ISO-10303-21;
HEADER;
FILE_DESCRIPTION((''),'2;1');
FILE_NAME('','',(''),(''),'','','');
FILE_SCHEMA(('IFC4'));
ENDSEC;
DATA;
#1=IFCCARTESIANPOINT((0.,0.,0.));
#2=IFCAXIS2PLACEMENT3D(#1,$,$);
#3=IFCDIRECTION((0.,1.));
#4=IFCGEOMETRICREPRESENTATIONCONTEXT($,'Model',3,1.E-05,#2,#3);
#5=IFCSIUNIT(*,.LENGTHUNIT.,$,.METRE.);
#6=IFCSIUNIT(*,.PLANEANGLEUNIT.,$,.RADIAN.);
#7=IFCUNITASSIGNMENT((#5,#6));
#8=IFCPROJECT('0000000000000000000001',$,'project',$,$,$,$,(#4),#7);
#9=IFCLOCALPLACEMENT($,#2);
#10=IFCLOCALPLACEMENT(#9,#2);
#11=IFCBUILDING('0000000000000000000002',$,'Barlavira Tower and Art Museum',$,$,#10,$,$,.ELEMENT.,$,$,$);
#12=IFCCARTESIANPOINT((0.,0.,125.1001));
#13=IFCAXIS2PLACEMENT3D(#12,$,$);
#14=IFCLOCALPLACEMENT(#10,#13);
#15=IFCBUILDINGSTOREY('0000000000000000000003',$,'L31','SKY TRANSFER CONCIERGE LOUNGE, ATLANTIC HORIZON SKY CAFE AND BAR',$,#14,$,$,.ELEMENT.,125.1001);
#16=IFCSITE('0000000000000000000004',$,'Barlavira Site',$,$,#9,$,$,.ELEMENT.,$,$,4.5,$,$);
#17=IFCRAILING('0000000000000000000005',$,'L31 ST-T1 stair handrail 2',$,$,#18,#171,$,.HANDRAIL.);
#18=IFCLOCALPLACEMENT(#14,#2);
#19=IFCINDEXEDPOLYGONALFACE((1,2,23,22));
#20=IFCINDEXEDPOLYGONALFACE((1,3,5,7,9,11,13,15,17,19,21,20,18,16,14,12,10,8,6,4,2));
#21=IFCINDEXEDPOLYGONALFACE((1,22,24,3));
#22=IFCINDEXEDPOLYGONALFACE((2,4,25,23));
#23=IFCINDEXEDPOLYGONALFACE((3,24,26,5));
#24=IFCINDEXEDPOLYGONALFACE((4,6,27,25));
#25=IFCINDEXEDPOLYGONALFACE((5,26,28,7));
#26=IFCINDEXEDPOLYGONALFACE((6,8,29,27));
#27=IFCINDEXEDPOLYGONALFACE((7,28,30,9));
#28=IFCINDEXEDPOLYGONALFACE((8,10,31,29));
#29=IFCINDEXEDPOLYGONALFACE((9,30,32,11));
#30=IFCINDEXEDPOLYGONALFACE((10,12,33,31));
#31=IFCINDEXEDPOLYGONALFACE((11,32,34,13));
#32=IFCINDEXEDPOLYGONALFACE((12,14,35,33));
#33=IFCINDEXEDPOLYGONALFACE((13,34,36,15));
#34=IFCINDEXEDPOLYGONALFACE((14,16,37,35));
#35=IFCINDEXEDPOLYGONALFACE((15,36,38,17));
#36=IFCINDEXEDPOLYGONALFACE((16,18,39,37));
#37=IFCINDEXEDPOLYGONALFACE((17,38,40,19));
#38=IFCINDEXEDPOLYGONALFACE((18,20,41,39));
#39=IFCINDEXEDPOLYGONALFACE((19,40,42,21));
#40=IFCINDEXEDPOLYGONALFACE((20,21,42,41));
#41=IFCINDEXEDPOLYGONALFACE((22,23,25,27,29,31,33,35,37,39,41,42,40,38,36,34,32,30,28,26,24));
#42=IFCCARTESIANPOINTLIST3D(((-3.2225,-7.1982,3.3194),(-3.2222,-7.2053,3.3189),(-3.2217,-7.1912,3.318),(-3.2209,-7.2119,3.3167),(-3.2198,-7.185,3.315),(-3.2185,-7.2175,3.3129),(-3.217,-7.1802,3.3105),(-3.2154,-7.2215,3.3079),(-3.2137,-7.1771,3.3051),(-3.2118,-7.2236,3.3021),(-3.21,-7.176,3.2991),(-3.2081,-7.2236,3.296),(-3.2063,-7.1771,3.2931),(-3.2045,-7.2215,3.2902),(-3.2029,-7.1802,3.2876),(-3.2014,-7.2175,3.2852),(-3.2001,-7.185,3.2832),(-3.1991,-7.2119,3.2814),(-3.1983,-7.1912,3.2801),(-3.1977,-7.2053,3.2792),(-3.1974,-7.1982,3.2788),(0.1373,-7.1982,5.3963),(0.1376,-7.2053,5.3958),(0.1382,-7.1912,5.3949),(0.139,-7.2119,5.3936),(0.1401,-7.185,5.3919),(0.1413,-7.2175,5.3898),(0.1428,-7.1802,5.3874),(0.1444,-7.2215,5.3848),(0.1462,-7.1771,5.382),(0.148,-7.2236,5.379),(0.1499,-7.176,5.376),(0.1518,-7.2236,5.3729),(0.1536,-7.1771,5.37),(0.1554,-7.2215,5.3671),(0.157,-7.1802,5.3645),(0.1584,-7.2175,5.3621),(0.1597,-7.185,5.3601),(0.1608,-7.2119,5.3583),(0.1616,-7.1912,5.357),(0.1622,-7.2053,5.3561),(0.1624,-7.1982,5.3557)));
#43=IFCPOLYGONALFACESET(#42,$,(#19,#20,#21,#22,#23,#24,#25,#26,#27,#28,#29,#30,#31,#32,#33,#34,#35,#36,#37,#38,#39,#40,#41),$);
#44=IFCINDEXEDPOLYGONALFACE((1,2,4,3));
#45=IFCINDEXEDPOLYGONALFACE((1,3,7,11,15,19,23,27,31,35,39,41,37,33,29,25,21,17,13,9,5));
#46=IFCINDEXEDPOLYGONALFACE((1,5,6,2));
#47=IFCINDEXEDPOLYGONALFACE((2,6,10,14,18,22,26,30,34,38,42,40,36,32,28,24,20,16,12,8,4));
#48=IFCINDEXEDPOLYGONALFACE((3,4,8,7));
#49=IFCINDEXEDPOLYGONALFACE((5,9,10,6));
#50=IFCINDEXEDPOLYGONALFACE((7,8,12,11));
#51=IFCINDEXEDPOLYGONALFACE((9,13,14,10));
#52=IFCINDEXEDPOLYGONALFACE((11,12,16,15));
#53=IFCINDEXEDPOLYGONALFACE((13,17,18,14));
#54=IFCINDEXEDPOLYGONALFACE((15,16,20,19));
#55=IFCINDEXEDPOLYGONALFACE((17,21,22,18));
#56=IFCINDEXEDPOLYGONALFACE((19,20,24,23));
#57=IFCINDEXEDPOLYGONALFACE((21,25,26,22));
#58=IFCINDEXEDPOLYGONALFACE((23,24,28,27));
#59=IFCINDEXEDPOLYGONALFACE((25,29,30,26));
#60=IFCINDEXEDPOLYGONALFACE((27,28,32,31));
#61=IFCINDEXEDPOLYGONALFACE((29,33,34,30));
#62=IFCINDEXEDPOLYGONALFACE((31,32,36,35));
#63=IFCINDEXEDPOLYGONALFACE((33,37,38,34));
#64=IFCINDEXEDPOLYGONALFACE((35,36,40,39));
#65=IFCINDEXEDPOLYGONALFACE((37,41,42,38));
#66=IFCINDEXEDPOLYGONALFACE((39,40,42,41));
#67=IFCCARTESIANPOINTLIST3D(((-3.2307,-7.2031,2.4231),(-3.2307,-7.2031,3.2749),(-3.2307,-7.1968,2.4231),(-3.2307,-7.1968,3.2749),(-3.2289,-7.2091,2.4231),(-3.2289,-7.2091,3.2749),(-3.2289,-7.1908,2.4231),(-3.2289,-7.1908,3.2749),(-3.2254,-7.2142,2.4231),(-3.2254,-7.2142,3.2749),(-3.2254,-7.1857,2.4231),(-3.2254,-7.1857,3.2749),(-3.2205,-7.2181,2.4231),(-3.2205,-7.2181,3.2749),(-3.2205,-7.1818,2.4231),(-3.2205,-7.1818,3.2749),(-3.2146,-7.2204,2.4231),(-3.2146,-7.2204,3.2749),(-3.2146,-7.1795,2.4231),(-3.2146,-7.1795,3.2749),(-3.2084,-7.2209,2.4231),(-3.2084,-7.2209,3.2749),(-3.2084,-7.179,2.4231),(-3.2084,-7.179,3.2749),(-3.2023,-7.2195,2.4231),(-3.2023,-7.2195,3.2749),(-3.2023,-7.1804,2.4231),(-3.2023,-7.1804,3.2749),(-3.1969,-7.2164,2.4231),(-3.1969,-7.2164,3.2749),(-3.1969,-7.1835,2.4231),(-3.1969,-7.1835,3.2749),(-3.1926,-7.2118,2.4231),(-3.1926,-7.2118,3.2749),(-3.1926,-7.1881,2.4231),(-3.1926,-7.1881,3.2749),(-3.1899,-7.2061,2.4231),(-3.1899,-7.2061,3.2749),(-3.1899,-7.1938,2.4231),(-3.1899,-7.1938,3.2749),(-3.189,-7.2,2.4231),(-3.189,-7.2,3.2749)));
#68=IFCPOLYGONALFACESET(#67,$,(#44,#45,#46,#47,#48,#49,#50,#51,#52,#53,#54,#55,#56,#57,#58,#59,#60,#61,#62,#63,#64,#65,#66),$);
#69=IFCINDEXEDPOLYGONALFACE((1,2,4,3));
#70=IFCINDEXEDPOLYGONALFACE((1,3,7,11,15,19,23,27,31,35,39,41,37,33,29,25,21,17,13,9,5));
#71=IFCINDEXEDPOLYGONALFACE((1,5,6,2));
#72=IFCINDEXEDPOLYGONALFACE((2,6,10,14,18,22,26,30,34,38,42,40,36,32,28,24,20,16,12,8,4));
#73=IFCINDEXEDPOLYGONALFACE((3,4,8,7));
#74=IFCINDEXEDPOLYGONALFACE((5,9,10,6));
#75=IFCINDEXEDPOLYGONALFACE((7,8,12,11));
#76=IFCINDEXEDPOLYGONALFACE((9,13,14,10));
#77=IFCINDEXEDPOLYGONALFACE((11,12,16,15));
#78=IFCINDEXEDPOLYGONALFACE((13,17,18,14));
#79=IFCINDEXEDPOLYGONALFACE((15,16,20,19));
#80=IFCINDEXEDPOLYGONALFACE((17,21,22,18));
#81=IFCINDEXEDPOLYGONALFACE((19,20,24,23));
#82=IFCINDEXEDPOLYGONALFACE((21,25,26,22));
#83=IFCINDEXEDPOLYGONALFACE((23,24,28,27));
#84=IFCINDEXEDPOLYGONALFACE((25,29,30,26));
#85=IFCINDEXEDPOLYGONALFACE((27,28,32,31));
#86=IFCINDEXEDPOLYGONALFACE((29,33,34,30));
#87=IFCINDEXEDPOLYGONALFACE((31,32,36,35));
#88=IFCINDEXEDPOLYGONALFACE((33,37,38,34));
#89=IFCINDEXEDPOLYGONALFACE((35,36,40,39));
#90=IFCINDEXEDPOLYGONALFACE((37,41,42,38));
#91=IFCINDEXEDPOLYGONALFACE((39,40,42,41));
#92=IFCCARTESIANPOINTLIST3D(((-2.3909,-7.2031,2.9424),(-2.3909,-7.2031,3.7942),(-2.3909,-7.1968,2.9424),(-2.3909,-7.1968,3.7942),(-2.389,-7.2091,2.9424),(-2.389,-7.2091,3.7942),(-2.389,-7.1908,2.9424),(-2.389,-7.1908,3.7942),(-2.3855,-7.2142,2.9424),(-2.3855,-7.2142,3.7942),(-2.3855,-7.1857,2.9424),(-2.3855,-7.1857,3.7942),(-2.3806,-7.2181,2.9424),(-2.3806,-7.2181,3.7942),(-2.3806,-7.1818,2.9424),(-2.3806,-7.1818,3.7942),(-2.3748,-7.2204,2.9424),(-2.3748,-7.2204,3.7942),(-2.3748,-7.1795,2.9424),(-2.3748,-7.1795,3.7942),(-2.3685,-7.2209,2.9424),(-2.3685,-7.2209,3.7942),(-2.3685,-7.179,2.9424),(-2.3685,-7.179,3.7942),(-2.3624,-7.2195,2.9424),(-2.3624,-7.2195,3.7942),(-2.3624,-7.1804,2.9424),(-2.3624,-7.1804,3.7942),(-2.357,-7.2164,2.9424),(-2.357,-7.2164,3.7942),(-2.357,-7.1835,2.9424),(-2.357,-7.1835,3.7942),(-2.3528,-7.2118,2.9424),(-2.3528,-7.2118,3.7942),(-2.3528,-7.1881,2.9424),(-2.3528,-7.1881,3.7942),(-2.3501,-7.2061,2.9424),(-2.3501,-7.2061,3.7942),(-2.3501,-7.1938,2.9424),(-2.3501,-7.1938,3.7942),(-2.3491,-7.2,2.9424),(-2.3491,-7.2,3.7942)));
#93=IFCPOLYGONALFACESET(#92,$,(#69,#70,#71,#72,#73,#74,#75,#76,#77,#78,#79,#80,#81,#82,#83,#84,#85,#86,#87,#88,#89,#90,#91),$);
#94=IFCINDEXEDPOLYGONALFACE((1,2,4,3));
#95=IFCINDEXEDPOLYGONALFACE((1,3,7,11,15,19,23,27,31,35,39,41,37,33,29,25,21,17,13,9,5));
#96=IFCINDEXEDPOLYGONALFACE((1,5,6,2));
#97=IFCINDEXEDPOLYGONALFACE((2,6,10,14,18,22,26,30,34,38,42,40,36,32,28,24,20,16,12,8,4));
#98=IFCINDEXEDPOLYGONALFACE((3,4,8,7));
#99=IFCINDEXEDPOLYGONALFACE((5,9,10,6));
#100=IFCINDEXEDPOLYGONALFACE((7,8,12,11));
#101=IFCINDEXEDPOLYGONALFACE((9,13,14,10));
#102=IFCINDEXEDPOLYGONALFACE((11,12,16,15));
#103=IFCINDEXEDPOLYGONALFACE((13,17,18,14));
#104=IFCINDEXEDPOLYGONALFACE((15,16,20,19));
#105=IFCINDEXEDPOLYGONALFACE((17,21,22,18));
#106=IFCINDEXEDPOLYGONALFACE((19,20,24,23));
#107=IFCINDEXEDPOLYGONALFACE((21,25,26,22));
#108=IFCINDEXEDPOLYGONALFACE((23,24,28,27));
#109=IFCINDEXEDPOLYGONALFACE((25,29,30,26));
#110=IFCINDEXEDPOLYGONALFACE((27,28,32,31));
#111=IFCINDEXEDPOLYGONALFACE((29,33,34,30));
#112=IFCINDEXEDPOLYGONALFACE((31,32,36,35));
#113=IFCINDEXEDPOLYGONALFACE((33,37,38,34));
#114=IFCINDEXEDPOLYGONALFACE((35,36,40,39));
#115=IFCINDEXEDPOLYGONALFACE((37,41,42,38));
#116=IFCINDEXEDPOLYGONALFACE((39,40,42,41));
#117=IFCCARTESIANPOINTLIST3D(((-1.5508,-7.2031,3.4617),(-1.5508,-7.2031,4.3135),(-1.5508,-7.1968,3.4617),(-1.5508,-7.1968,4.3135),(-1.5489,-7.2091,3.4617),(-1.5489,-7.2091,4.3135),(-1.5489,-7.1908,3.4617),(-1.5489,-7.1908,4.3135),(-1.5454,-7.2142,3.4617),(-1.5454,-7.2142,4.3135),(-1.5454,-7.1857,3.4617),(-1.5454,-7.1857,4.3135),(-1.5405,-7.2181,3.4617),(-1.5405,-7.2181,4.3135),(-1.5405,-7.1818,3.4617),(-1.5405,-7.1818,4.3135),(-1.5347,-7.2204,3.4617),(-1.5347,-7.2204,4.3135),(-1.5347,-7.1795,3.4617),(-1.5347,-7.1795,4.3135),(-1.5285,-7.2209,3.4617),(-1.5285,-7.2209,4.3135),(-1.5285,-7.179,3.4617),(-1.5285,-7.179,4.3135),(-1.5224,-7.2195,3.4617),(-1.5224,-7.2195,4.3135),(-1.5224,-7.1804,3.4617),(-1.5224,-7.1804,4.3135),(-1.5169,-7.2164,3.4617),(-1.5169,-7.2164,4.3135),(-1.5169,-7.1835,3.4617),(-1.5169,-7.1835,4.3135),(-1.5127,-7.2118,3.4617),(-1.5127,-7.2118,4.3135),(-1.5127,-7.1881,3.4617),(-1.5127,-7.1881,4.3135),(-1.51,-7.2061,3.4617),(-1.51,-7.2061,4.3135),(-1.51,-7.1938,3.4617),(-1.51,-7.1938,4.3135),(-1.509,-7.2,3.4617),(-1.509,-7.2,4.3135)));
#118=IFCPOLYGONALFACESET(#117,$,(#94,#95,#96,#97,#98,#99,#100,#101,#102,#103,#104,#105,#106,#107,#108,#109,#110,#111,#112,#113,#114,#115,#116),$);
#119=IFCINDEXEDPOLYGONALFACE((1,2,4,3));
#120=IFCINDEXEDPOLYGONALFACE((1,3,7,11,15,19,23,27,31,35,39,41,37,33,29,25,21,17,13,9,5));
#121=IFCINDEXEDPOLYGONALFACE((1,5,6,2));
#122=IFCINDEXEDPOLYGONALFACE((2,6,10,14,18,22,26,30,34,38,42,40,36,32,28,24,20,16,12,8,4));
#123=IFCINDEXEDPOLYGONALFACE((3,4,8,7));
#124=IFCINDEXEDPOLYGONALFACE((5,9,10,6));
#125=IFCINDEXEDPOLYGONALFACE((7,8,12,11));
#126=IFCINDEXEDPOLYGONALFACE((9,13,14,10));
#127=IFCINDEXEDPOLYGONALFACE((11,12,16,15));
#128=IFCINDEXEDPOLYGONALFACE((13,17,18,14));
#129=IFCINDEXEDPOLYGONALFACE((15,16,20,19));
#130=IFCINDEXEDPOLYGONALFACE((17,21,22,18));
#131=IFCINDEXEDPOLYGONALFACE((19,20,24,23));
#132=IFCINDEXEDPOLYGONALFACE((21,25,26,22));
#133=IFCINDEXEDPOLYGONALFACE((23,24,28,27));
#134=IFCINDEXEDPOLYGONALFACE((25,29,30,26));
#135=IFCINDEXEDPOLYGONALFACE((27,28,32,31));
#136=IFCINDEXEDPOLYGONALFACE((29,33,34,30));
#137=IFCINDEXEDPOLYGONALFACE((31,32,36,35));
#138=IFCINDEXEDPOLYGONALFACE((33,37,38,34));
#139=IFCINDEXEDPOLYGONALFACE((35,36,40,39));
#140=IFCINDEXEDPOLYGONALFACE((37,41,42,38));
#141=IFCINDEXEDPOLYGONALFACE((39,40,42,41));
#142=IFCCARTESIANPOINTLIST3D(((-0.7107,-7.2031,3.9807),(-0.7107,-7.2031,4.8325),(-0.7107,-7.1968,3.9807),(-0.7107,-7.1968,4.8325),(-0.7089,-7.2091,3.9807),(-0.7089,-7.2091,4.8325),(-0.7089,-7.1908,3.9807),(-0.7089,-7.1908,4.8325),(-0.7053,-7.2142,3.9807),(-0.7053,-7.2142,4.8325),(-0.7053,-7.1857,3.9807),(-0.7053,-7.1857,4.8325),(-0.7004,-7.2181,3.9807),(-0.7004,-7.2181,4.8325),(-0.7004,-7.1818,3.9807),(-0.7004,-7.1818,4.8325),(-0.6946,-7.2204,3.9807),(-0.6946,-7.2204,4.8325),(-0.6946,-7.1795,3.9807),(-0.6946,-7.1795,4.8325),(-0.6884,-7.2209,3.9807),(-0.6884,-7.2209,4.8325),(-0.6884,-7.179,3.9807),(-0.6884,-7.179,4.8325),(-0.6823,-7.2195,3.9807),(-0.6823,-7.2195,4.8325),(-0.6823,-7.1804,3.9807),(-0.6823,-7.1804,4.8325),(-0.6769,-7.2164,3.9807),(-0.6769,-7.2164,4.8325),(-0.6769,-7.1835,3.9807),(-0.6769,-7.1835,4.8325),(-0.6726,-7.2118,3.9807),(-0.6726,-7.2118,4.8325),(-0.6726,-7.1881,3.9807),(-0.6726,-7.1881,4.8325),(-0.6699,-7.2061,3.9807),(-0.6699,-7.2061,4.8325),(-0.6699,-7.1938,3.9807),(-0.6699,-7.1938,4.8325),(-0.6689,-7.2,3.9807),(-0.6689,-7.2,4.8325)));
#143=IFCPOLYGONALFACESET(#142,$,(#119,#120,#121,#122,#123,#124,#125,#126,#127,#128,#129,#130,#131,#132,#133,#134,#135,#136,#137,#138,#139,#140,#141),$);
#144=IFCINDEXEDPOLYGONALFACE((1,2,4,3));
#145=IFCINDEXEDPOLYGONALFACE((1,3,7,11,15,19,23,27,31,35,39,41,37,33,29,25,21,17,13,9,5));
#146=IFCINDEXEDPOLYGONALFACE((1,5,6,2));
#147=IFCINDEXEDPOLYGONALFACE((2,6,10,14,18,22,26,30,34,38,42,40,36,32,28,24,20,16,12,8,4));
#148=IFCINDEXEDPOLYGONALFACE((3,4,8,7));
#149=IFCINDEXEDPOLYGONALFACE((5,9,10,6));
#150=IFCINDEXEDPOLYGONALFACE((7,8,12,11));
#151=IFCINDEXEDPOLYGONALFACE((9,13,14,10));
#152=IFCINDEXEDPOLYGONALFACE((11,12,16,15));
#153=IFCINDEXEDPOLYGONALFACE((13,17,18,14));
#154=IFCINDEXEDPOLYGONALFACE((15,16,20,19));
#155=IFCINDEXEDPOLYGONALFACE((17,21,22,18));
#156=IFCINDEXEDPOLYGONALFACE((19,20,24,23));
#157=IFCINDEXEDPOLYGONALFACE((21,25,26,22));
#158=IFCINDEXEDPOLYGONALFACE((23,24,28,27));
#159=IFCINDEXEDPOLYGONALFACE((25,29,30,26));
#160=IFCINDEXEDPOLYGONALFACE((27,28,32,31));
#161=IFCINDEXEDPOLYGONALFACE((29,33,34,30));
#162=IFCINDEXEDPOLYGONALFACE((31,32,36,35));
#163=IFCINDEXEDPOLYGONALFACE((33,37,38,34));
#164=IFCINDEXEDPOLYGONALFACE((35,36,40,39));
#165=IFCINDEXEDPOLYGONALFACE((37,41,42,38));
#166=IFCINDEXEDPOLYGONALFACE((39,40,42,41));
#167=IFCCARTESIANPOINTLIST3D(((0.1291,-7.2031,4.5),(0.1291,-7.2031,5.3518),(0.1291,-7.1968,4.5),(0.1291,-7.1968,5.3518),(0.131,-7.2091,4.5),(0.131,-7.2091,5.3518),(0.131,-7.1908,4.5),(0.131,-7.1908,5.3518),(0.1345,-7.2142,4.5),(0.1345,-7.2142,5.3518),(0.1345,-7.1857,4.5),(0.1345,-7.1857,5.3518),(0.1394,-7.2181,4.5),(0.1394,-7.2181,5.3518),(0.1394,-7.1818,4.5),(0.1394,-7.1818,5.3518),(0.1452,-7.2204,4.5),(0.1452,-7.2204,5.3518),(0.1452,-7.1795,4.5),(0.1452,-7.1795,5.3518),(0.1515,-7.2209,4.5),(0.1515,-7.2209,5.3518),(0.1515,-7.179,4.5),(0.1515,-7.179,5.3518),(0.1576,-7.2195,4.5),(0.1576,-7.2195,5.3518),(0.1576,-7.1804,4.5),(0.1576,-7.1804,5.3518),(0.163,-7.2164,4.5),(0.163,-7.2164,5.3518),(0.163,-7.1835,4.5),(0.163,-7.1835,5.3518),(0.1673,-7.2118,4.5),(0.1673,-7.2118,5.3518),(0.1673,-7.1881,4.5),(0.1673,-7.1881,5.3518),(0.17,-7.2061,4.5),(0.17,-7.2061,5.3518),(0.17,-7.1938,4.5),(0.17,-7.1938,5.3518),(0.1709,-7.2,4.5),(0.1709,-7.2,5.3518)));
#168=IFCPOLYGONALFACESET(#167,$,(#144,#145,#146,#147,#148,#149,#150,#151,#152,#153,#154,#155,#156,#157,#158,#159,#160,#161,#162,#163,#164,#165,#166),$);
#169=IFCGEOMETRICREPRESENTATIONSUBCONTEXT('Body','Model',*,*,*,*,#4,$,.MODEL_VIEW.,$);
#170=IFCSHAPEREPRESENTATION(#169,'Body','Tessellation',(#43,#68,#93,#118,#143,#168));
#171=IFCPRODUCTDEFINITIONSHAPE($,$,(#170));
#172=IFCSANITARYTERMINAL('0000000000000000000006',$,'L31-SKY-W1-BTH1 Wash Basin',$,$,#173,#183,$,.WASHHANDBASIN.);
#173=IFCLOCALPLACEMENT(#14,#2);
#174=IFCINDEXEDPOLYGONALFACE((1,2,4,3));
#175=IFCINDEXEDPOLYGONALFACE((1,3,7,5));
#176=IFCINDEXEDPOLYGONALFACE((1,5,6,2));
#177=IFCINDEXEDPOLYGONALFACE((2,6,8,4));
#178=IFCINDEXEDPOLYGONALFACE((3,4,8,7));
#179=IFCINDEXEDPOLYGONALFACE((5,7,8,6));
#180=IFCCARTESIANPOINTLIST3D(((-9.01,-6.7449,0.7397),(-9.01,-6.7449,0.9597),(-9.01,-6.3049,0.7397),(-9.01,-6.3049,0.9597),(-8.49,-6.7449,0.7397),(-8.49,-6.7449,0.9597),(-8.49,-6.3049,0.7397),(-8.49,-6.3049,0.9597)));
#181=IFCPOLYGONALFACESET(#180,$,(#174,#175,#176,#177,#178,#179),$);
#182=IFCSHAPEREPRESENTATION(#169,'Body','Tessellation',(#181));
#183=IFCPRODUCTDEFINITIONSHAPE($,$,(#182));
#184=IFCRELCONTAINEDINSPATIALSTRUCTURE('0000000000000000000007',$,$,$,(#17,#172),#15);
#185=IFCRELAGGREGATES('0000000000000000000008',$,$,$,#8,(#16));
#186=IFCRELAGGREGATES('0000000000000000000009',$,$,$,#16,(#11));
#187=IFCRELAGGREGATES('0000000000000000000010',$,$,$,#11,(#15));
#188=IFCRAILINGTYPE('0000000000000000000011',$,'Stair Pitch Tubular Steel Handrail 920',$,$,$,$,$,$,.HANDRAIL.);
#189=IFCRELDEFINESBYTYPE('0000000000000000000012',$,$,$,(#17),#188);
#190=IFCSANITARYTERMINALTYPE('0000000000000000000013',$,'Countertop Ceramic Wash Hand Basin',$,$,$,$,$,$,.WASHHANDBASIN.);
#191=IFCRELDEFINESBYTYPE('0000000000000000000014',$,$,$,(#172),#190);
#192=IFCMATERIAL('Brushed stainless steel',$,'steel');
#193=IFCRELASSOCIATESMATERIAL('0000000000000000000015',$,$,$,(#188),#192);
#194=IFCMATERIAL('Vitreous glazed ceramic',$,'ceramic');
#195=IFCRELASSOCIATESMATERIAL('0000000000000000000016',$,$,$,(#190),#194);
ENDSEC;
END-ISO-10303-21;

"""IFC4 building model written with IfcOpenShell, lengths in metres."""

from ifc_helpers import new_model, si_unit, direction, frame, origin, origin_2d, place, context, subcontext, project, spatial, rectangle, circle, extrude, material, type_object, element, save


model = new_model("IFC4")

# Units and contexts
model_context = context("Model", 3, precision=1e-05, world=origin(), true_north=direction((0.0, 1.0)))
body_context = subcontext(model_context, "Body", "Model", "MODEL_VIEW")
ifc_project = project(units=[si_unit("LENGTHUNIT", "METRE"), si_unit("PLANEANGLEUNIT", "RADIAN")], contexts=[model_context])

# Site, building, storey
site_placement = place(None, origin())
site = spatial("IfcSite", under=ifc_project, at=site_placement, Name="Barlavira Site", CompositionType="ELEMENT", RefElevation=4.5)
building_placement = place(site_placement, origin())
building = spatial("IfcBuilding", under=site, at=building_placement, Name="Barlavira Tower and Art Museum", CompositionType="ELEMENT")
storey_placement = place(building_placement, frame((0.0, 0.0, 125.1001)))
storey = spatial("IfcBuildingStorey", under=building, at=storey_placement, Name="L31", Description="SKY TRANSFER CONCIERGE LOUNGE, ATLANTIC HORIZON SKY CAFE AND BAR", CompositionType="ELEMENT", Elevation=125.1001)

# Shared definitions
ifc_material_1 = material(Name="Brushed stainless steel", Category="steel")

# Railing
railing_type_1 = type_object("IfcRailingType", Name="Stair Pitch Tubular Steel Handrail 920", PredefinedType="HANDRAIL", material=ifc_material_1)
railing_1_placement = place(storey_placement, frame((-3.21, -7.2, 2.4231)))
element("IfcRailing", 1, at=railing_1_placement, inside=storey, type_object=railing_type_1, Name="L31 ST-T1 stair handrail 2", PredefinedType="HANDRAIL", context=body_context, shape_type="SweptSolid", body=[
    extrude(circle(Radius=0.0239, at=origin_2d()), frame((0.0, 0.0, 0.876), z_axis=(0.850606, 0.0, 0.525803), x_axis=(0.0, 1.0, 0.0)), (0.0, 0.0, 1.0), 3.95),
    extrude(circle(Radius=0.021, at=origin_2d()), origin(), (0.0, 0.0, 1.0), 0.8518),
    extrude(circle(Radius=0.021, at=origin_2d()), frame((0.8398, 0.0, 0.5193)), (0.0, 0.0, 1.0), 0.8518),
    extrude(circle(Radius=0.021, at=origin_2d()), frame((1.6799, 0.0, 1.0386)), (0.0, 0.0, 1.0), 0.8518),
    extrude(circle(Radius=0.021, at=origin_2d()), frame((2.52, 0.0, 1.5576)), (0.0, 0.0, 1.0), 0.8518),
    extrude(circle(Radius=0.021, at=origin_2d()), frame((3.3599, 0.0, 2.0769)), (0.0, 0.0, 1.0), 0.8518),
])

# Sanitary terminal
ifc_material_2 = material(Name="Vitreous glazed ceramic", Category="ceramic")
sanitary_terminal_type = type_object("IfcSanitaryTerminalType", Name="Countertop Ceramic Wash Hand Basin", PredefinedType="WASHHANDBASIN", material=ifc_material_2)
sanitary_terminal_placement = place(storey_placement, frame((-8.75, -6.5249, 0.7397), z_axis=(0.0, 0.0, 1.0), x_axis=(1.0, 0.0, 0.0)))
element("IfcSanitaryTerminal", 2, at=sanitary_terminal_placement, inside=storey, type_object=sanitary_terminal_type, Name="L31-SKY-W1-BTH1 Wash Basin", PredefinedType="WASHHANDBASIN", context=body_context, shape_type="SweptSolid", body=[
    extrude(rectangle(XDim=0.52, YDim=0.4399, at=origin_2d()), origin(), (0.0, 0.0, 1.0), 0.22),
])

save(model, "model.ifc")
